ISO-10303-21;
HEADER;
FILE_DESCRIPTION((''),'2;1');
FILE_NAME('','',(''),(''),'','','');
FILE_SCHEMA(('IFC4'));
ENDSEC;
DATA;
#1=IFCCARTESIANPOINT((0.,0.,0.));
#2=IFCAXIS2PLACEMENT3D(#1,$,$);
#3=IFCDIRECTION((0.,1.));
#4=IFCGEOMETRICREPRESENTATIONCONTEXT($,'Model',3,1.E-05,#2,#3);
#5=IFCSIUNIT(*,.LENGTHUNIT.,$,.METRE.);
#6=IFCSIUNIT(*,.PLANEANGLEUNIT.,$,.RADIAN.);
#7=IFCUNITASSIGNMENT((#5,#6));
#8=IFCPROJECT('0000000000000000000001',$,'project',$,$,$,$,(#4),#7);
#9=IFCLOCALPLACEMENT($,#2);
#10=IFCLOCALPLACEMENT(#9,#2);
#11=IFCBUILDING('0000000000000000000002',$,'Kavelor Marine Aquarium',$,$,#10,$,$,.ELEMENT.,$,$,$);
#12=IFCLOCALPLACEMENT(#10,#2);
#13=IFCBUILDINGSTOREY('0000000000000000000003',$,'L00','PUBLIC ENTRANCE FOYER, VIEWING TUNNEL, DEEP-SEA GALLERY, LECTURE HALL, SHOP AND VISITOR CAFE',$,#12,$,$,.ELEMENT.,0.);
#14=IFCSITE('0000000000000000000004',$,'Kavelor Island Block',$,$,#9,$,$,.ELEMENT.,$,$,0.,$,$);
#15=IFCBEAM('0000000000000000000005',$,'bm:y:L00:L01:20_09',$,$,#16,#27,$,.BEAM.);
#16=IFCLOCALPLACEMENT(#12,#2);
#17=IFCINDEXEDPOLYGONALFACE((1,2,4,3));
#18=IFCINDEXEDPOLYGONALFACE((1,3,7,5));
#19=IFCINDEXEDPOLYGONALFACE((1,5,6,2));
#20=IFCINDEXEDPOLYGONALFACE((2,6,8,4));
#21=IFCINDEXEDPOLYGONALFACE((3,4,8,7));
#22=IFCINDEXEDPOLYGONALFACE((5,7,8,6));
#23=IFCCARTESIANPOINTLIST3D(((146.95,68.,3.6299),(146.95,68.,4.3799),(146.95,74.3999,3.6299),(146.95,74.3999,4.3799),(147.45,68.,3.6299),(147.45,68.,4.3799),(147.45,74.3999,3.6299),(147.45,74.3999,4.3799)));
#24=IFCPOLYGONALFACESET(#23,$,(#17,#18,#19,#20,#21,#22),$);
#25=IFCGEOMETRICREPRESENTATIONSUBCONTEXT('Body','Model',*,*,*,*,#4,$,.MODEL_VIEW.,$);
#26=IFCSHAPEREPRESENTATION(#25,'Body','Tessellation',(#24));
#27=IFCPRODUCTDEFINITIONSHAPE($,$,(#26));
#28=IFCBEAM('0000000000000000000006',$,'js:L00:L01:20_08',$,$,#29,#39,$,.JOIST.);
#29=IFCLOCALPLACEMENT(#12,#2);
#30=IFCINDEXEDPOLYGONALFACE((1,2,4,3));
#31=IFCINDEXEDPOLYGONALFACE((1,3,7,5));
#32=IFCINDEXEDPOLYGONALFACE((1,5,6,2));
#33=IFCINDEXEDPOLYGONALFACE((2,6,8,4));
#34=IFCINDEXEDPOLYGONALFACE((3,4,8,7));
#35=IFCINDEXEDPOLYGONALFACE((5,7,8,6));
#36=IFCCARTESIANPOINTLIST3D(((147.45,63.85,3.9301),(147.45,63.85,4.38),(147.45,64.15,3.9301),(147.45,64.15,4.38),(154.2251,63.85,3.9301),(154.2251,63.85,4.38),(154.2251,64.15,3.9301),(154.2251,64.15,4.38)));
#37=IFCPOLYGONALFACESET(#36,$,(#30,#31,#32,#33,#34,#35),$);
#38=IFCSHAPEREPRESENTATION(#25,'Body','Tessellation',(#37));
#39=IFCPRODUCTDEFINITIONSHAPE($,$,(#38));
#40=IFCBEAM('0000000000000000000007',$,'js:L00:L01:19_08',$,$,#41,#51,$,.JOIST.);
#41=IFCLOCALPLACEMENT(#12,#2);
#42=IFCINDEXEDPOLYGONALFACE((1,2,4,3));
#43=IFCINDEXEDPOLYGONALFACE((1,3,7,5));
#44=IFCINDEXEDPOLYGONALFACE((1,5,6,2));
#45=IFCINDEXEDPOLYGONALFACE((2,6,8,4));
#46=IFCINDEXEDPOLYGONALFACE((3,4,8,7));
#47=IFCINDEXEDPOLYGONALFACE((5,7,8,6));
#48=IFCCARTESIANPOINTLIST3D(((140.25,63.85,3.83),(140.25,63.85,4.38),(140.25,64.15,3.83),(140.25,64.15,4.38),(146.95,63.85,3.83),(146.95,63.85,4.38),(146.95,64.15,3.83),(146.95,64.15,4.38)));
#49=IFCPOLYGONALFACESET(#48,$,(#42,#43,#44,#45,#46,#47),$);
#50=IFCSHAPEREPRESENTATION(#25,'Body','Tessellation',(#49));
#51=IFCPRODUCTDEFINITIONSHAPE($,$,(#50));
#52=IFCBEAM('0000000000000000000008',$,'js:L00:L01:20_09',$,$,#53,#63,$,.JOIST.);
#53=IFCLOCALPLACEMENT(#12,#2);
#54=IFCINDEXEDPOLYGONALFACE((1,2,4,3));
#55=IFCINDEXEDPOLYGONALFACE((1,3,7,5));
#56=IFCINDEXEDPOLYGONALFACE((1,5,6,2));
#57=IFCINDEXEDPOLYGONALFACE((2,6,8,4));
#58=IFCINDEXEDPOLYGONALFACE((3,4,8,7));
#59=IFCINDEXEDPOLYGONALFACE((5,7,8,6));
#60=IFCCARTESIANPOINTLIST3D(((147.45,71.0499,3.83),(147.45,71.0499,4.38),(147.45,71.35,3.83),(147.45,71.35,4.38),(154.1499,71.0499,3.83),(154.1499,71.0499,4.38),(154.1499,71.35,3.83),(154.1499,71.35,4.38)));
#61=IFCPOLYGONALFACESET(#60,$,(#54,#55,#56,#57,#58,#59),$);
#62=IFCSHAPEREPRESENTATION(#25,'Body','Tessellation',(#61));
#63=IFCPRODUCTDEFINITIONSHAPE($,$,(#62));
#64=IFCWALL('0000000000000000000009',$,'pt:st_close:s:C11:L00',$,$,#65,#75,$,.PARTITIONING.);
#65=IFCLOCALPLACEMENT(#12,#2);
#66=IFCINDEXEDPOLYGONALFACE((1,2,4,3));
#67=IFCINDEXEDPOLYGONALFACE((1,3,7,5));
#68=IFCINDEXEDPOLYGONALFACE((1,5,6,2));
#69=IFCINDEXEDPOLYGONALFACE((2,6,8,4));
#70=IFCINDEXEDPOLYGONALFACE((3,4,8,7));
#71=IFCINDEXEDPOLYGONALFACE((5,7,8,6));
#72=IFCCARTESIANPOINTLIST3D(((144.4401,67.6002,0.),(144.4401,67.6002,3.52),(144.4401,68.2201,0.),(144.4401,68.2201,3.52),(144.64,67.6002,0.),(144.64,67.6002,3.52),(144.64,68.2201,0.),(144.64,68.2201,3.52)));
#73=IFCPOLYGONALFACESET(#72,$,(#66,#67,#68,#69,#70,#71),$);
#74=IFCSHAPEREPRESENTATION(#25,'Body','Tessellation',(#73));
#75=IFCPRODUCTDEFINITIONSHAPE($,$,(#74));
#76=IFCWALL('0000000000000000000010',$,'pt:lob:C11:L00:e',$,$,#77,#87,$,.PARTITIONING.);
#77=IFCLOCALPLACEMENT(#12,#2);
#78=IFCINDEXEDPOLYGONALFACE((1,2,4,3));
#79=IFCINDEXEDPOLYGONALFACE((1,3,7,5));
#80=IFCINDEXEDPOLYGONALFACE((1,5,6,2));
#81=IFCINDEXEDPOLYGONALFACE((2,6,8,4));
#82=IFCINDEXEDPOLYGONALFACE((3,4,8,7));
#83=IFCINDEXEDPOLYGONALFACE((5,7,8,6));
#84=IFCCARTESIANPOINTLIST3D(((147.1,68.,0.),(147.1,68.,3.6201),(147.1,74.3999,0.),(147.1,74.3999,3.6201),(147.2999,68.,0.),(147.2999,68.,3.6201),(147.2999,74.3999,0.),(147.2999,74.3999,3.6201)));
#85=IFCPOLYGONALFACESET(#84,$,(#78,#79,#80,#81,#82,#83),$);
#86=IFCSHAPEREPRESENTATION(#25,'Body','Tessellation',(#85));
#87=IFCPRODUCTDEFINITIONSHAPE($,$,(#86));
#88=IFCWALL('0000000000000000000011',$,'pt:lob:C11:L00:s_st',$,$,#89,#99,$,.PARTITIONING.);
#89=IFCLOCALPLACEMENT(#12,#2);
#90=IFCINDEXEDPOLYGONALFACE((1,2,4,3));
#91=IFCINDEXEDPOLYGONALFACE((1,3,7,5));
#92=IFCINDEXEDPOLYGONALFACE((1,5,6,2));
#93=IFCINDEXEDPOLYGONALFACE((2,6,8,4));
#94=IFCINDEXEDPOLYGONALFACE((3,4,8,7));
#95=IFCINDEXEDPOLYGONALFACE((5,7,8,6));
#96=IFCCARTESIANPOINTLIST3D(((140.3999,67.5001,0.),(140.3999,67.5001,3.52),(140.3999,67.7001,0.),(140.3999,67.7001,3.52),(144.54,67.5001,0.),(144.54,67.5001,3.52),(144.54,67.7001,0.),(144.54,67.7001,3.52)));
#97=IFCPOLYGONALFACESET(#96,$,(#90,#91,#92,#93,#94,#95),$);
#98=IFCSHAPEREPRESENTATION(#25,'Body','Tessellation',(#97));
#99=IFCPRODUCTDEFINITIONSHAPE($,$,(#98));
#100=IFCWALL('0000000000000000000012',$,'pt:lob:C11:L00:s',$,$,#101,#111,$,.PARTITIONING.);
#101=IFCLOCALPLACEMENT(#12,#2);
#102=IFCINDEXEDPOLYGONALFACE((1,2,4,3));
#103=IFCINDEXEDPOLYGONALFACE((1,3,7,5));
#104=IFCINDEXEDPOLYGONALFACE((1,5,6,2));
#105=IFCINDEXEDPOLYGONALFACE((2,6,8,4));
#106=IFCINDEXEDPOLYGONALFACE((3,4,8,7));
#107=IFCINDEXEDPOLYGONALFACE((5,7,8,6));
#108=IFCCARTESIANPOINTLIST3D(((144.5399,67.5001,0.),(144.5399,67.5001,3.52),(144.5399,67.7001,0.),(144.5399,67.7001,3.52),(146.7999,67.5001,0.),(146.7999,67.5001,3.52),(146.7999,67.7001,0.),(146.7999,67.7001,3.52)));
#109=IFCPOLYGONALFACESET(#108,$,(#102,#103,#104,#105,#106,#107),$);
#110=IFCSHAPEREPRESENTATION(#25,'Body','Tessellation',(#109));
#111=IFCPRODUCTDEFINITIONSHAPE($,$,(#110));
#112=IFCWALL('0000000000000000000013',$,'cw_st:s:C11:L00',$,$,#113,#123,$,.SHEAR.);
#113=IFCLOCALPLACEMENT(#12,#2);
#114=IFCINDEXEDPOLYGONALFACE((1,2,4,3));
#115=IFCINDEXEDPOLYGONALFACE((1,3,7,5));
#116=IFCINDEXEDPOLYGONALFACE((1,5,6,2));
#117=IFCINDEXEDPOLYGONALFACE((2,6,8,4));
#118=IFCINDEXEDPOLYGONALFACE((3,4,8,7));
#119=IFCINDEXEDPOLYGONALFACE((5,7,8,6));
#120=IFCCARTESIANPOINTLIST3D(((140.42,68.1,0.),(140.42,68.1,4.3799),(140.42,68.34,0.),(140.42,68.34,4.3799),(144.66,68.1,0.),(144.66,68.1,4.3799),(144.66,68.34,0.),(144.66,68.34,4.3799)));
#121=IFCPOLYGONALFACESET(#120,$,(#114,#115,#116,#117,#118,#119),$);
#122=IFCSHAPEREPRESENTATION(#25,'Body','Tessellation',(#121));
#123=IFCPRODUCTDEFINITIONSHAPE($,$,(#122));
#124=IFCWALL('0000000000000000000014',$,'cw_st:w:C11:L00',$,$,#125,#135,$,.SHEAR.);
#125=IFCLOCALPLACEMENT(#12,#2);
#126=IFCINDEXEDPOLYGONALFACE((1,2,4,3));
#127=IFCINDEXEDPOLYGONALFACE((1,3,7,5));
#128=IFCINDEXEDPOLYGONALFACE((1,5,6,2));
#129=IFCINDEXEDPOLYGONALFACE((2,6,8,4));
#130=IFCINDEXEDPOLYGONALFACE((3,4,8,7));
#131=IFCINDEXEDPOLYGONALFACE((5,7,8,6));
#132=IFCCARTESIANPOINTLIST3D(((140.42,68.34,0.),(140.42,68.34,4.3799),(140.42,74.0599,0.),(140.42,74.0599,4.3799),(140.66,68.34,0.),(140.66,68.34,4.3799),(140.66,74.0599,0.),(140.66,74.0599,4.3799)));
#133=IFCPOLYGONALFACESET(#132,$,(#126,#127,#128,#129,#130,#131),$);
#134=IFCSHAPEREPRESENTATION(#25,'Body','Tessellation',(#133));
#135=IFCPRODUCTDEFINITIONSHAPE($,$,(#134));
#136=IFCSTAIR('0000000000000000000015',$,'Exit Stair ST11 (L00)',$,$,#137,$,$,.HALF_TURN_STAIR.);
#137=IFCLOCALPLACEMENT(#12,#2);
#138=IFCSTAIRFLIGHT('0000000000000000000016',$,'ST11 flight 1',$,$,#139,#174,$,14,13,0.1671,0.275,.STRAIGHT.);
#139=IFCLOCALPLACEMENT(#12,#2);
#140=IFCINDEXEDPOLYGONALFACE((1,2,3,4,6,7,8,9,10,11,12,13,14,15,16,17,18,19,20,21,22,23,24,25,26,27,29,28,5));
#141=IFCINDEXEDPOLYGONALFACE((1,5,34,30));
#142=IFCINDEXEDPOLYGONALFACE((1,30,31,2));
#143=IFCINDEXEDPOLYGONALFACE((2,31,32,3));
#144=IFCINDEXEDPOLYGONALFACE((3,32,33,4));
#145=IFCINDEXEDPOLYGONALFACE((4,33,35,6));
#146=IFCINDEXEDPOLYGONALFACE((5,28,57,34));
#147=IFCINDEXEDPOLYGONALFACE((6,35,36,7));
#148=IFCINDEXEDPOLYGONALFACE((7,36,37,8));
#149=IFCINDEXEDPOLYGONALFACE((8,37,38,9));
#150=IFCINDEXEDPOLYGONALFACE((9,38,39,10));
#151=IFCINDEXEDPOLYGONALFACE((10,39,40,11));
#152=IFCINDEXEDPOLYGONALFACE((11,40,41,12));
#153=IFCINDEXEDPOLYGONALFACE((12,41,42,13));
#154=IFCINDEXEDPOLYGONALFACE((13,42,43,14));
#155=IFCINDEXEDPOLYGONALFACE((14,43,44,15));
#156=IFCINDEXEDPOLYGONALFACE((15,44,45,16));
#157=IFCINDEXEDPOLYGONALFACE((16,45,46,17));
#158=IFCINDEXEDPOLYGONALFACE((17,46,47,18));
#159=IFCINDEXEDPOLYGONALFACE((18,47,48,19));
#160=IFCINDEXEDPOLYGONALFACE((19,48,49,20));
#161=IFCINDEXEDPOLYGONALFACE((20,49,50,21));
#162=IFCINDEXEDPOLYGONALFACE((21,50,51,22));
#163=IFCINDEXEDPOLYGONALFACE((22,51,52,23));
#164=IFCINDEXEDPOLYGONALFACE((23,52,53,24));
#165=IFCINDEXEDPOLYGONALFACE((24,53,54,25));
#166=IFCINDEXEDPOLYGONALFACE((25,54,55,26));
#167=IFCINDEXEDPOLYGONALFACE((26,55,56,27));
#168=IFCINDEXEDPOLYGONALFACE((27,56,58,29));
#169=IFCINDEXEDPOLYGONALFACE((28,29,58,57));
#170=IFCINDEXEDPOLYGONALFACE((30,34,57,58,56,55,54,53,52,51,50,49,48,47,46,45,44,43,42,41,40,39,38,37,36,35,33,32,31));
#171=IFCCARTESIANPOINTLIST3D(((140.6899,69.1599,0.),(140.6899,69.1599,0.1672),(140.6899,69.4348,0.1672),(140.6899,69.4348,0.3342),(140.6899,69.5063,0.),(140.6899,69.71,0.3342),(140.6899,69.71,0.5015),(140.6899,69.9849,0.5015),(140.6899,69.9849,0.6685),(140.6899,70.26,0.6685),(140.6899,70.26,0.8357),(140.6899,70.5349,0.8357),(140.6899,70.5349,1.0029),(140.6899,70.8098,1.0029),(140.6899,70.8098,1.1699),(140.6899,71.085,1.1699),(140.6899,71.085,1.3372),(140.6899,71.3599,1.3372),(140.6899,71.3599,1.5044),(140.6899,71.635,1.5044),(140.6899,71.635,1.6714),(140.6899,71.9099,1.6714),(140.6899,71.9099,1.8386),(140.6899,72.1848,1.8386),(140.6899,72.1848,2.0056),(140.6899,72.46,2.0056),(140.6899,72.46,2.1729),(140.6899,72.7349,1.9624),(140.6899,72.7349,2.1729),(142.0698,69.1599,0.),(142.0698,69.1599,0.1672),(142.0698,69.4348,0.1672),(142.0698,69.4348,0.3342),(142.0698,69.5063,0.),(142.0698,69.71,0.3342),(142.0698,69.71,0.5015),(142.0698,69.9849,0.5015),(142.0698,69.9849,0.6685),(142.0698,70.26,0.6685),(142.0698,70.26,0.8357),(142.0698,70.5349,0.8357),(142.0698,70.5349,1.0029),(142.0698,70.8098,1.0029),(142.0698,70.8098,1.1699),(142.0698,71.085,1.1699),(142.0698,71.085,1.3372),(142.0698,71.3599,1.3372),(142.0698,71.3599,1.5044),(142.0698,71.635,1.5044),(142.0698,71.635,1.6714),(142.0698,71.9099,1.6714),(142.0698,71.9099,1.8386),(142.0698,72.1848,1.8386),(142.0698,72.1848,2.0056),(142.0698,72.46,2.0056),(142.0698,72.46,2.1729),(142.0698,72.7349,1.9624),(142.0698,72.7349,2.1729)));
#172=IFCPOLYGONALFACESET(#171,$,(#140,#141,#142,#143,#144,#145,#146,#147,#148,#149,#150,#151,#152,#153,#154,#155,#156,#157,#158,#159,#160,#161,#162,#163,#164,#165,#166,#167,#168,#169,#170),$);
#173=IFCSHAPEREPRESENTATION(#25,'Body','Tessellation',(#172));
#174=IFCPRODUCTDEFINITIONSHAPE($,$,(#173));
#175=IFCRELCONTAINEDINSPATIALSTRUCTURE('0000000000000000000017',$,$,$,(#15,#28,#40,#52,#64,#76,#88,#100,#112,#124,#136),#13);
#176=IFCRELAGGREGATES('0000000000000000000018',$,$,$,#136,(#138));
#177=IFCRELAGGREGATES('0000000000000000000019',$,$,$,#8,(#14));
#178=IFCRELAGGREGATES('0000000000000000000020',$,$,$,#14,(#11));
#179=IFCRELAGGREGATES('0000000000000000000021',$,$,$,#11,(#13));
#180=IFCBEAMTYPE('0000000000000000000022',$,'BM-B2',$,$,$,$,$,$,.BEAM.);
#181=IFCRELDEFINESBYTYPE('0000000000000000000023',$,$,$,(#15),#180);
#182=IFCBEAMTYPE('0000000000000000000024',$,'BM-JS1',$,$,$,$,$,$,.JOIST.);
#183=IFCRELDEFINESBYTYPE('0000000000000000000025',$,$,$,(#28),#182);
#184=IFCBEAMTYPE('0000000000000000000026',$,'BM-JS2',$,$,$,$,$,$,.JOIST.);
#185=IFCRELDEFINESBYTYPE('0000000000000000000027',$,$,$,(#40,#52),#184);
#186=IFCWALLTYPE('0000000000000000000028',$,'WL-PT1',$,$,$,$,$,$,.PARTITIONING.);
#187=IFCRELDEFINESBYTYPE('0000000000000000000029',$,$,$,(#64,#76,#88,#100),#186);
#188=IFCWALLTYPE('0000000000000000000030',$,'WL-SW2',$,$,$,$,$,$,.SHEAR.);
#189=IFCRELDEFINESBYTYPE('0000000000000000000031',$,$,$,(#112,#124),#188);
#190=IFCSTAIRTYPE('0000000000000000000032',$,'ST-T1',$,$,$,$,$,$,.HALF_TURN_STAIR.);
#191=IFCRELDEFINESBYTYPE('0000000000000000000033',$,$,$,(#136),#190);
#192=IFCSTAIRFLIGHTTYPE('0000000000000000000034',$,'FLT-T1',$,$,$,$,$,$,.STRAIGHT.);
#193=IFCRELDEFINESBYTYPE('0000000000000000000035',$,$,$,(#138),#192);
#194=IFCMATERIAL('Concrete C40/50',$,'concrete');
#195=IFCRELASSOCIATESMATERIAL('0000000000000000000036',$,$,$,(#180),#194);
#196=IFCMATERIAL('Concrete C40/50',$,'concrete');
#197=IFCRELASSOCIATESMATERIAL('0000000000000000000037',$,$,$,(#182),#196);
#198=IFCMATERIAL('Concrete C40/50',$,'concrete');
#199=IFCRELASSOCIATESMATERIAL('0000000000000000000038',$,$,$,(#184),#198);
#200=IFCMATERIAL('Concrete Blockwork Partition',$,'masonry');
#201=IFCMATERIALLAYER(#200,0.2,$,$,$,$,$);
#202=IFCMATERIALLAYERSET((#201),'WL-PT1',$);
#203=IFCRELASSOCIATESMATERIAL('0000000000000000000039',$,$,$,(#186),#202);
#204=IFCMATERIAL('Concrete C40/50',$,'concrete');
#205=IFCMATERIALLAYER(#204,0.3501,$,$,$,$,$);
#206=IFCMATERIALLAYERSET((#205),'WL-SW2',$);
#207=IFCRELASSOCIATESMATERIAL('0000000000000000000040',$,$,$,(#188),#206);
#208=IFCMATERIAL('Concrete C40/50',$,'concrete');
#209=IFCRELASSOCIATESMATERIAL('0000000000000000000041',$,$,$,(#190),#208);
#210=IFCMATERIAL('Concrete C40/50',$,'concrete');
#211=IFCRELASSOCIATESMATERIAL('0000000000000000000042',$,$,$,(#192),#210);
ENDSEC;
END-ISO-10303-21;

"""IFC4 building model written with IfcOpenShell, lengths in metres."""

from ifc_helpers import new_model, si_unit, direction, frame, frame_2d, origin, origin_2d, place, context, subcontext, project, spatial, polyline, rectangle, outline, extrude, material, layer, layer_set, material_profile, profile_set, type_object, element, aggregate, save


model = new_model("IFC4")

# Units and contexts
model_context = context("Model", 3, precision=1e-05, world=origin(), true_north=direction((0.0, 1.0)))
body_context = subcontext(model_context, "Body", "Model", "MODEL_VIEW")
ifc_project = project(units=[si_unit("LENGTHUNIT", "METRE"), si_unit("PLANEANGLEUNIT", "RADIAN")], contexts=[model_context])

# Site, building, storey
site_placement = place(None, origin())
site = spatial("IfcSite", under=ifc_project, at=site_placement, Name="Kavelor Island Block", CompositionType="ELEMENT", RefElevation=0.0)
building_placement = place(site_placement, origin())
building = spatial("IfcBuilding", under=site, at=building_placement, Name="Kavelor Marine Aquarium", CompositionType="ELEMENT")
storey_placement = place(building_placement, origin())
storey = spatial("IfcBuildingStorey", under=building, at=storey_placement, Name="L00", Description="PUBLIC ENTRANCE FOYER, VIEWING TUNNEL, DEEP-SEA GALLERY, LECTURE HALL, SHOP AND VISITOR CAFE", CompositionType="ELEMENT", Elevation=0.0)

# Beams
ifc_material_1 = material(Name="Concrete C40/50", Category="concrete")
ifc_material_profile_1 = material_profile(ifc_material_1, rectangle(XDim=0.5, YDim=0.75, at=origin_2d()), Name="RC-BM 500x750")
ifc_profile_set_1 = profile_set([ifc_material_profile_1], Name="Concrete C40/50")
beam_type_1 = type_object("IfcBeamType", Name="BM-B2", PredefinedType="BEAM", material=ifc_profile_set_1)
for number, where, z_axis, x_axis, name in (
    (1, (147.2, 68.0, 4.0049), (0.0, 1.0, 0.0), (-1.0, 0.0, 0.0), "bm:y:L00:L01:20_09"),
):
    element("IfcBeam", number, at=place(storey_placement, frame(where, z_axis=z_axis, x_axis=x_axis)), inside=storey, type_object=beam_type_1, Name=name, PredefinedType="BEAM", context=body_context, shape_type="SweptSolid", body=[
        extrude(rectangle(XDim=0.5, YDim=0.75, at=origin_2d()), origin(), (0.0, 0.0, 1.0), 6.3999),
    ])
ifc_material_2 = material(Name="Concrete C40/50", Category="concrete")
ifc_material_profile_2 = material_profile(ifc_material_2, rectangle(XDim=0.3, YDim=0.45, at=origin_2d()), Name="RC-JS 300x450")
ifc_profile_set_2 = profile_set([ifc_material_profile_2], Name="Concrete C40/50")
beam_type_2 = type_object("IfcBeamType", Name="BM-JS1", PredefinedType="JOIST", material=ifc_profile_set_2)
beam_1_placement = place(storey_placement, frame((147.45, 64.0, 4.155), z_axis=(1.0, 0.0, 0.0), x_axis=(0.0, 1.0, 0.0)))
element("IfcBeam", 2, at=beam_1_placement, inside=storey, type_object=beam_type_2, Name="js:L00:L01:20_08", PredefinedType="JOIST", context=body_context, shape_type="SweptSolid", body=[
    extrude(rectangle(XDim=0.3, YDim=0.45, at=origin_2d()), origin(), (0.0, 0.0, 1.0), 6.7751),
])
ifc_material_3 = material(Name="Concrete C40/50", Category="concrete")
ifc_material_profile_3 = material_profile(ifc_material_3, rectangle(XDim=0.3, YDim=0.55, at=origin_2d()), Name="RC-JS 300x550")
ifc_profile_set_3 = profile_set([ifc_material_profile_3], Name="Concrete C40/50")
beam_type_3 = type_object("IfcBeamType", Name="BM-JS2", PredefinedType="JOIST", material=ifc_profile_set_3)
for number, where, z_axis, x_axis, name in (
    (3, (140.25, 64.0, 4.105), (1.0, 0.0, 0.0), (0.0, 1.0, 0.0), "js:L00:L01:19_08"),
    (4, (147.45, 71.2, 4.105), (1.0, 0.0, 0.0), (0.0, 1.0, 0.0), "js:L00:L01:20_09"),
):
    element("IfcBeam", number, at=place(storey_placement, frame(where, z_axis=z_axis, x_axis=x_axis)), inside=storey, type_object=beam_type_3, Name=name, PredefinedType="JOIST", context=body_context, shape_type="SweptSolid", body=[
        extrude(rectangle(XDim=0.3, YDim=0.55, at=origin_2d()), origin(), (0.0, 0.0, 1.0), 6.7),
    ])

# Walls
ifc_material_4 = material(Name="Concrete Blockwork Partition", Category="masonry")
ifc_layer_1 = layer(ifc_material_4, 0.2)
ifc_layer_set_1 = layer_set([ifc_layer_1], Name="WL-PT1")
wall_type_1 = type_object("IfcWallType", Name="WL-PT1", PredefinedType="PARTITIONING", material=ifc_layer_set_1)
wall_1_placement = place(storey_placement, frame((144.54, 67.6001, 0.0), z_axis=(0.0, 0.0, 1.0), x_axis=(0.0, 1.0, 0.0)))
element("IfcWall", 5, at=wall_1_placement, inside=storey, type_object=wall_type_1, Name="pt:st_close:s:C11:L00", PredefinedType="PARTITIONING", context=body_context, shape_type="SweptSolid", body=[
    extrude(rectangle(XDim=0.6199, YDim=0.2, at=frame_2d((0.3101, 0.0))), origin(), (0.0, 0.0, 1.0), 3.52),
])
wall_2_placement = place(storey_placement, frame((147.2, 68.0, 0.0), z_axis=(0.0, 0.0, 1.0), x_axis=(0.0, 1.0, 0.0)))
element("IfcWall", 6, at=wall_2_placement, inside=storey, type_object=wall_type_1, Name="pt:lob:C11:L00:e", PredefinedType="PARTITIONING", context=body_context, shape_type="SweptSolid", body=[
    extrude(rectangle(XDim=6.3999, YDim=0.2, at=frame_2d((3.2, 0.0))), origin(), (0.0, 0.0, 1.0), 3.6201),
])
wall_3_placement = place(storey_placement, frame((140.3999, 67.6001, 0.0), z_axis=(0.0, 0.0, 1.0), x_axis=(1.0, 0.0, 0.0)))
element("IfcWall", 7, at=wall_3_placement, inside=storey, type_object=wall_type_1, Name="pt:lob:C11:L00:s_st", PredefinedType="PARTITIONING", context=body_context, shape_type="SweptSolid", body=[
    extrude(rectangle(XDim=4.1401, YDim=0.2, at=frame_2d((2.0701, 0.0))), origin(), (0.0, 0.0, 1.0), 3.52),
])
wall_4_placement = place(storey_placement, frame((144.54, 67.6001, 0.0), z_axis=(0.0, 0.0, 1.0), x_axis=(1.0, 0.0, 0.0)))
element("IfcWall", 8, at=wall_4_placement, inside=storey, type_object=wall_type_1, Name="pt:lob:C11:L00:s", PredefinedType="PARTITIONING", context=body_context, shape_type="SweptSolid", body=[
    extrude(rectangle(XDim=2.26, YDim=0.2, at=frame_2d((1.1299, 0.0))), origin(), (0.0, 0.0, 1.0), 3.52),
])
ifc_material_5 = material(Name="Concrete C40/50", Category="concrete")
ifc_layer_2 = layer(ifc_material_5, 0.3501)
ifc_layer_set_2 = layer_set([ifc_layer_2], Name="WL-SW2")
wall_type_2 = type_object("IfcWallType", Name="WL-SW2", PredefinedType="SHEAR", material=ifc_layer_set_2)
wall_5_placement = place(storey_placement, frame((140.4199, 68.22, 0.0), z_axis=(0.0, 0.0, 1.0), x_axis=(1.0, 0.0, 0.0)))
element("IfcWall", 9, at=wall_5_placement, inside=storey, type_object=wall_type_2, Name="cw_st:s:C11:L00", PredefinedType="SHEAR", context=body_context, shape_type="SweptSolid", body=[
    extrude(rectangle(XDim=4.24, YDim=0.24, at=frame_2d((2.1201, 0.0))), origin(), (0.0, 0.0, 1.0), 4.3799),
])
wall_6_placement = place(storey_placement, frame((140.54, 68.3401, 0.0), z_axis=(0.0, 0.0, 1.0), x_axis=(0.0, 1.0, 0.0)))
element("IfcWall", 10, at=wall_6_placement, inside=storey, type_object=wall_type_2, Name="cw_st:w:C11:L00", PredefinedType="SHEAR", context=body_context, shape_type="SweptSolid", body=[
    extrude(rectangle(XDim=5.72, YDim=0.24, at=frame_2d((2.8599, 0.0))), origin(), (0.0, 0.0, 1.0), 4.3799),
])

# Stair, stair flight
ifc_material_6 = material(Name="Concrete C40/50", Category="concrete")
stair_type = type_object("IfcStairType", Name="ST-T1", PredefinedType="HALF_TURN_STAIR", material=ifc_material_6)
stair_placement = place(storey_placement, origin())
stair = element("IfcStair", 11, at=stair_placement, inside=storey, type_object=stair_type, Name="Exit Stair ST11 (L00)", PredefinedType="HALF_TURN_STAIR")
ifc_material_7 = material(Name="Concrete C40/50", Category="concrete")
stair_flight_type = type_object("IfcStairFlightType", Name="FLT-T1", PredefinedType="STRAIGHT", material=ifc_material_7)
stair_flight_1_placement = place(storey_placement, frame((141.3799, 69.1599, 0.0), z_axis=(0.0, 0.0, 1.0), x_axis=(0.0, 1.0, 0.0)))
stair_flight_1 = element("IfcStairFlight", 12, at=stair_flight_1_placement, type_object=stair_flight_type, Name="ST11 flight 1", NumberOfRisers=14, NumberOfTreads=13, PredefinedType="STRAIGHT", RiserHeight=0.1671, TreadLength=0.275, context=body_context, shape_type="SweptSolid", body=[
    extrude(outline(polyline([(0.0, 0.0), (0.0, 0.1672), (0.2749, 0.1672), (0.2749, 0.3342), (0.55, 0.3342), (0.55, 0.5015), (0.825, 0.5015), (0.825, 0.6685), (1.1001, 0.6685), (1.1001, 0.8357), (1.375, 0.8357), (1.375, 1.0029), (1.6499, 1.0029), (1.6499, 1.1699), (1.925, 1.1699), (1.925, 1.3372), (2.2, 1.3372), (2.2, 1.5044), (2.4751, 1.5044), (2.4751, 1.6714), (2.75, 1.6714), (2.75, 1.8386), (3.0249, 1.8386), (3.0249, 2.0056), (3.3, 2.0056), (3.3, 2.1729), (3.575, 2.1729), (3.575, 2.3401), (3.575, 1.9624), (0.3464, 0.0), (0.0, 0.0)])), frame((0.0, 0.6899, 0.0), z_axis=(0.0, -1.0, 0.0), x_axis=(1.0, 0.0, 0.0)), (0.0, 0.0, 1.0), 1.3799),
])
aggregate(stair, [stair_flight_1])

save(model, "model.ifc")
